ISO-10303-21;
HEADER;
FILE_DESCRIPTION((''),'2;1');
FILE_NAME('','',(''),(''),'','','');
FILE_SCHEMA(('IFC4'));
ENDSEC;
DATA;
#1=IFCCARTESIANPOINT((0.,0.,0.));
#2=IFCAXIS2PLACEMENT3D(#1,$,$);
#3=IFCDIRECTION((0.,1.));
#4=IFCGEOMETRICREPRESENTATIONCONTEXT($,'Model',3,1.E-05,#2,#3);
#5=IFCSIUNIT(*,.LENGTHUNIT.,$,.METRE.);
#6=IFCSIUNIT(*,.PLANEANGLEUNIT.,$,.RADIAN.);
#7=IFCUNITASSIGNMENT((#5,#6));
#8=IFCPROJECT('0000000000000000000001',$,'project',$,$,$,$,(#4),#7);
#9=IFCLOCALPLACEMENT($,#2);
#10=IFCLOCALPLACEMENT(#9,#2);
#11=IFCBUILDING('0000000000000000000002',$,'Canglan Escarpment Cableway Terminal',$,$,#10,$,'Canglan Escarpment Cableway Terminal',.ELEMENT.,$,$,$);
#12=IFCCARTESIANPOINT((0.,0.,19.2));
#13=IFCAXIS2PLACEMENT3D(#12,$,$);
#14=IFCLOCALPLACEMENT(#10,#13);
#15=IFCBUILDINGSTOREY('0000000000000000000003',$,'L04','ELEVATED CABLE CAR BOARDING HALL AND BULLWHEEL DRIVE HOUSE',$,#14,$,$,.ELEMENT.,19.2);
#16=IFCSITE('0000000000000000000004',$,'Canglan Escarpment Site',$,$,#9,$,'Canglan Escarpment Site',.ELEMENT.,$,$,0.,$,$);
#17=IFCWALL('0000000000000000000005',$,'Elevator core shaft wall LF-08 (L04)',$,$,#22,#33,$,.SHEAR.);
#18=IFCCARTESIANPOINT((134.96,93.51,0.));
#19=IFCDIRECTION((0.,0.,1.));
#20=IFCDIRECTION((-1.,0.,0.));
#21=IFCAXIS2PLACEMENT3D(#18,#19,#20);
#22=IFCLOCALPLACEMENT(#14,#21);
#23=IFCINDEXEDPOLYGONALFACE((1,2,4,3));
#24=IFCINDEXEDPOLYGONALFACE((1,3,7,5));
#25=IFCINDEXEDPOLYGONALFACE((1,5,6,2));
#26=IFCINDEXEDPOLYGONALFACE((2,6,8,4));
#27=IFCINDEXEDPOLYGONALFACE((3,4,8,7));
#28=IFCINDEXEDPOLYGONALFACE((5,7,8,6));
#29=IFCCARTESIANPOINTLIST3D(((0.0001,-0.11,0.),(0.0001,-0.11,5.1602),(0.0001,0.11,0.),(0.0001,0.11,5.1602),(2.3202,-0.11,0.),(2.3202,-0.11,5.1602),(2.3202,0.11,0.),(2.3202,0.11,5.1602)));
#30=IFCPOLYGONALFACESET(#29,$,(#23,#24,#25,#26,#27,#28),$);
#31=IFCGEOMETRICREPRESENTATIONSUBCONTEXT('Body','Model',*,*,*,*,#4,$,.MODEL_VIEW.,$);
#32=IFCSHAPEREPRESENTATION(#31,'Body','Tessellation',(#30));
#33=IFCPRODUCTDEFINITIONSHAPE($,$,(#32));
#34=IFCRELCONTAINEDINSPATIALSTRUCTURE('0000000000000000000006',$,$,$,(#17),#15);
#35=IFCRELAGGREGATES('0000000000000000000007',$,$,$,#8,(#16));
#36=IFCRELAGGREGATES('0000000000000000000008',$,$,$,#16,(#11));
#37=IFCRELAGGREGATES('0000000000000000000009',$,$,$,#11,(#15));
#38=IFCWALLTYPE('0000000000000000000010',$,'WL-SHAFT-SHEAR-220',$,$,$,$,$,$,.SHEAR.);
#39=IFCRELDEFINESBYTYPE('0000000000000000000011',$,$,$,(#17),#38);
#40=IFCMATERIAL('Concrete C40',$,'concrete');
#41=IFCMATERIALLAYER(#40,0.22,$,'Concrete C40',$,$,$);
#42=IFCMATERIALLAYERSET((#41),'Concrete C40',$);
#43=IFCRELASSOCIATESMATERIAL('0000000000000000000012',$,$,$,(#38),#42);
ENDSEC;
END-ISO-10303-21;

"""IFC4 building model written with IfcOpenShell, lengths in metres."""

from ifc_helpers import new_model, si_unit, direction, frame, frame_2d, origin, place, context, subcontext, project, spatial, rectangle, extrude, material, layer, layer_set, type_object, element, save


model = new_model("IFC4")

# Units and contexts
model_context = context("Model", 3, precision=1e-05, world=origin(), true_north=direction((0.0, 1.0)))
body_context = subcontext(model_context, "Body", "Model", "MODEL_VIEW")
ifc_project = project(units=[si_unit("LENGTHUNIT", "METRE"), si_unit("PLANEANGLEUNIT", "RADIAN")], contexts=[model_context])

# Site, building, storey
site_placement = place(None, origin())
site = spatial("IfcSite", under=ifc_project, at=site_placement, Name="Canglan Escarpment Site", LongName="Canglan Escarpment Site", CompositionType="ELEMENT", RefElevation=0.0)
building_placement = place(site_placement, origin())
building = spatial("IfcBuilding", under=site, at=building_placement, Name="Canglan Escarpment Cableway Terminal", LongName="Canglan Escarpment Cableway Terminal", CompositionType="ELEMENT")
storey_placement = place(building_placement, frame((0.0, 0.0, 19.2)))
storey = spatial("IfcBuildingStorey", under=building, at=storey_placement, Name="L04", Description="ELEVATED CABLE CAR BOARDING HALL AND BULLWHEEL DRIVE HOUSE", CompositionType="ELEMENT", Elevation=19.2)

# Shared definitions
ifc_material_1 = material(Name="Concrete C40", Category="concrete")

# Wall
ifc_layer_1 = layer(ifc_material_1, 0.22, Name="Concrete C40")
ifc_layer_set_1 = layer_set([ifc_layer_1], Name="Concrete C40")
wall_type_1 = type_object("IfcWallType", Name="WL-SHAFT-SHEAR-220", PredefinedType="SHEAR", material=ifc_layer_set_1)
wall_1_placement = place(storey_placement, frame((134.96, 93.51, 0.0), z_axis=(0.0, 0.0, 1.0), x_axis=(-1.0, 0.0, 0.0)))
element("IfcWall", 1, at=wall_1_placement, inside=storey, type_object=wall_type_1, Name="Elevator core shaft wall LF-08 (L04)", PredefinedType="SHEAR", context=body_context, shape_type="SweptSolid", body=[
    extrude(rectangle(XDim=2.3201, YDim=0.22, at=frame_2d((1.1602, 0.0))), origin(), (0.0, 0.0, 1.0), 5.1602),
])

save(model, "model.ifc")
